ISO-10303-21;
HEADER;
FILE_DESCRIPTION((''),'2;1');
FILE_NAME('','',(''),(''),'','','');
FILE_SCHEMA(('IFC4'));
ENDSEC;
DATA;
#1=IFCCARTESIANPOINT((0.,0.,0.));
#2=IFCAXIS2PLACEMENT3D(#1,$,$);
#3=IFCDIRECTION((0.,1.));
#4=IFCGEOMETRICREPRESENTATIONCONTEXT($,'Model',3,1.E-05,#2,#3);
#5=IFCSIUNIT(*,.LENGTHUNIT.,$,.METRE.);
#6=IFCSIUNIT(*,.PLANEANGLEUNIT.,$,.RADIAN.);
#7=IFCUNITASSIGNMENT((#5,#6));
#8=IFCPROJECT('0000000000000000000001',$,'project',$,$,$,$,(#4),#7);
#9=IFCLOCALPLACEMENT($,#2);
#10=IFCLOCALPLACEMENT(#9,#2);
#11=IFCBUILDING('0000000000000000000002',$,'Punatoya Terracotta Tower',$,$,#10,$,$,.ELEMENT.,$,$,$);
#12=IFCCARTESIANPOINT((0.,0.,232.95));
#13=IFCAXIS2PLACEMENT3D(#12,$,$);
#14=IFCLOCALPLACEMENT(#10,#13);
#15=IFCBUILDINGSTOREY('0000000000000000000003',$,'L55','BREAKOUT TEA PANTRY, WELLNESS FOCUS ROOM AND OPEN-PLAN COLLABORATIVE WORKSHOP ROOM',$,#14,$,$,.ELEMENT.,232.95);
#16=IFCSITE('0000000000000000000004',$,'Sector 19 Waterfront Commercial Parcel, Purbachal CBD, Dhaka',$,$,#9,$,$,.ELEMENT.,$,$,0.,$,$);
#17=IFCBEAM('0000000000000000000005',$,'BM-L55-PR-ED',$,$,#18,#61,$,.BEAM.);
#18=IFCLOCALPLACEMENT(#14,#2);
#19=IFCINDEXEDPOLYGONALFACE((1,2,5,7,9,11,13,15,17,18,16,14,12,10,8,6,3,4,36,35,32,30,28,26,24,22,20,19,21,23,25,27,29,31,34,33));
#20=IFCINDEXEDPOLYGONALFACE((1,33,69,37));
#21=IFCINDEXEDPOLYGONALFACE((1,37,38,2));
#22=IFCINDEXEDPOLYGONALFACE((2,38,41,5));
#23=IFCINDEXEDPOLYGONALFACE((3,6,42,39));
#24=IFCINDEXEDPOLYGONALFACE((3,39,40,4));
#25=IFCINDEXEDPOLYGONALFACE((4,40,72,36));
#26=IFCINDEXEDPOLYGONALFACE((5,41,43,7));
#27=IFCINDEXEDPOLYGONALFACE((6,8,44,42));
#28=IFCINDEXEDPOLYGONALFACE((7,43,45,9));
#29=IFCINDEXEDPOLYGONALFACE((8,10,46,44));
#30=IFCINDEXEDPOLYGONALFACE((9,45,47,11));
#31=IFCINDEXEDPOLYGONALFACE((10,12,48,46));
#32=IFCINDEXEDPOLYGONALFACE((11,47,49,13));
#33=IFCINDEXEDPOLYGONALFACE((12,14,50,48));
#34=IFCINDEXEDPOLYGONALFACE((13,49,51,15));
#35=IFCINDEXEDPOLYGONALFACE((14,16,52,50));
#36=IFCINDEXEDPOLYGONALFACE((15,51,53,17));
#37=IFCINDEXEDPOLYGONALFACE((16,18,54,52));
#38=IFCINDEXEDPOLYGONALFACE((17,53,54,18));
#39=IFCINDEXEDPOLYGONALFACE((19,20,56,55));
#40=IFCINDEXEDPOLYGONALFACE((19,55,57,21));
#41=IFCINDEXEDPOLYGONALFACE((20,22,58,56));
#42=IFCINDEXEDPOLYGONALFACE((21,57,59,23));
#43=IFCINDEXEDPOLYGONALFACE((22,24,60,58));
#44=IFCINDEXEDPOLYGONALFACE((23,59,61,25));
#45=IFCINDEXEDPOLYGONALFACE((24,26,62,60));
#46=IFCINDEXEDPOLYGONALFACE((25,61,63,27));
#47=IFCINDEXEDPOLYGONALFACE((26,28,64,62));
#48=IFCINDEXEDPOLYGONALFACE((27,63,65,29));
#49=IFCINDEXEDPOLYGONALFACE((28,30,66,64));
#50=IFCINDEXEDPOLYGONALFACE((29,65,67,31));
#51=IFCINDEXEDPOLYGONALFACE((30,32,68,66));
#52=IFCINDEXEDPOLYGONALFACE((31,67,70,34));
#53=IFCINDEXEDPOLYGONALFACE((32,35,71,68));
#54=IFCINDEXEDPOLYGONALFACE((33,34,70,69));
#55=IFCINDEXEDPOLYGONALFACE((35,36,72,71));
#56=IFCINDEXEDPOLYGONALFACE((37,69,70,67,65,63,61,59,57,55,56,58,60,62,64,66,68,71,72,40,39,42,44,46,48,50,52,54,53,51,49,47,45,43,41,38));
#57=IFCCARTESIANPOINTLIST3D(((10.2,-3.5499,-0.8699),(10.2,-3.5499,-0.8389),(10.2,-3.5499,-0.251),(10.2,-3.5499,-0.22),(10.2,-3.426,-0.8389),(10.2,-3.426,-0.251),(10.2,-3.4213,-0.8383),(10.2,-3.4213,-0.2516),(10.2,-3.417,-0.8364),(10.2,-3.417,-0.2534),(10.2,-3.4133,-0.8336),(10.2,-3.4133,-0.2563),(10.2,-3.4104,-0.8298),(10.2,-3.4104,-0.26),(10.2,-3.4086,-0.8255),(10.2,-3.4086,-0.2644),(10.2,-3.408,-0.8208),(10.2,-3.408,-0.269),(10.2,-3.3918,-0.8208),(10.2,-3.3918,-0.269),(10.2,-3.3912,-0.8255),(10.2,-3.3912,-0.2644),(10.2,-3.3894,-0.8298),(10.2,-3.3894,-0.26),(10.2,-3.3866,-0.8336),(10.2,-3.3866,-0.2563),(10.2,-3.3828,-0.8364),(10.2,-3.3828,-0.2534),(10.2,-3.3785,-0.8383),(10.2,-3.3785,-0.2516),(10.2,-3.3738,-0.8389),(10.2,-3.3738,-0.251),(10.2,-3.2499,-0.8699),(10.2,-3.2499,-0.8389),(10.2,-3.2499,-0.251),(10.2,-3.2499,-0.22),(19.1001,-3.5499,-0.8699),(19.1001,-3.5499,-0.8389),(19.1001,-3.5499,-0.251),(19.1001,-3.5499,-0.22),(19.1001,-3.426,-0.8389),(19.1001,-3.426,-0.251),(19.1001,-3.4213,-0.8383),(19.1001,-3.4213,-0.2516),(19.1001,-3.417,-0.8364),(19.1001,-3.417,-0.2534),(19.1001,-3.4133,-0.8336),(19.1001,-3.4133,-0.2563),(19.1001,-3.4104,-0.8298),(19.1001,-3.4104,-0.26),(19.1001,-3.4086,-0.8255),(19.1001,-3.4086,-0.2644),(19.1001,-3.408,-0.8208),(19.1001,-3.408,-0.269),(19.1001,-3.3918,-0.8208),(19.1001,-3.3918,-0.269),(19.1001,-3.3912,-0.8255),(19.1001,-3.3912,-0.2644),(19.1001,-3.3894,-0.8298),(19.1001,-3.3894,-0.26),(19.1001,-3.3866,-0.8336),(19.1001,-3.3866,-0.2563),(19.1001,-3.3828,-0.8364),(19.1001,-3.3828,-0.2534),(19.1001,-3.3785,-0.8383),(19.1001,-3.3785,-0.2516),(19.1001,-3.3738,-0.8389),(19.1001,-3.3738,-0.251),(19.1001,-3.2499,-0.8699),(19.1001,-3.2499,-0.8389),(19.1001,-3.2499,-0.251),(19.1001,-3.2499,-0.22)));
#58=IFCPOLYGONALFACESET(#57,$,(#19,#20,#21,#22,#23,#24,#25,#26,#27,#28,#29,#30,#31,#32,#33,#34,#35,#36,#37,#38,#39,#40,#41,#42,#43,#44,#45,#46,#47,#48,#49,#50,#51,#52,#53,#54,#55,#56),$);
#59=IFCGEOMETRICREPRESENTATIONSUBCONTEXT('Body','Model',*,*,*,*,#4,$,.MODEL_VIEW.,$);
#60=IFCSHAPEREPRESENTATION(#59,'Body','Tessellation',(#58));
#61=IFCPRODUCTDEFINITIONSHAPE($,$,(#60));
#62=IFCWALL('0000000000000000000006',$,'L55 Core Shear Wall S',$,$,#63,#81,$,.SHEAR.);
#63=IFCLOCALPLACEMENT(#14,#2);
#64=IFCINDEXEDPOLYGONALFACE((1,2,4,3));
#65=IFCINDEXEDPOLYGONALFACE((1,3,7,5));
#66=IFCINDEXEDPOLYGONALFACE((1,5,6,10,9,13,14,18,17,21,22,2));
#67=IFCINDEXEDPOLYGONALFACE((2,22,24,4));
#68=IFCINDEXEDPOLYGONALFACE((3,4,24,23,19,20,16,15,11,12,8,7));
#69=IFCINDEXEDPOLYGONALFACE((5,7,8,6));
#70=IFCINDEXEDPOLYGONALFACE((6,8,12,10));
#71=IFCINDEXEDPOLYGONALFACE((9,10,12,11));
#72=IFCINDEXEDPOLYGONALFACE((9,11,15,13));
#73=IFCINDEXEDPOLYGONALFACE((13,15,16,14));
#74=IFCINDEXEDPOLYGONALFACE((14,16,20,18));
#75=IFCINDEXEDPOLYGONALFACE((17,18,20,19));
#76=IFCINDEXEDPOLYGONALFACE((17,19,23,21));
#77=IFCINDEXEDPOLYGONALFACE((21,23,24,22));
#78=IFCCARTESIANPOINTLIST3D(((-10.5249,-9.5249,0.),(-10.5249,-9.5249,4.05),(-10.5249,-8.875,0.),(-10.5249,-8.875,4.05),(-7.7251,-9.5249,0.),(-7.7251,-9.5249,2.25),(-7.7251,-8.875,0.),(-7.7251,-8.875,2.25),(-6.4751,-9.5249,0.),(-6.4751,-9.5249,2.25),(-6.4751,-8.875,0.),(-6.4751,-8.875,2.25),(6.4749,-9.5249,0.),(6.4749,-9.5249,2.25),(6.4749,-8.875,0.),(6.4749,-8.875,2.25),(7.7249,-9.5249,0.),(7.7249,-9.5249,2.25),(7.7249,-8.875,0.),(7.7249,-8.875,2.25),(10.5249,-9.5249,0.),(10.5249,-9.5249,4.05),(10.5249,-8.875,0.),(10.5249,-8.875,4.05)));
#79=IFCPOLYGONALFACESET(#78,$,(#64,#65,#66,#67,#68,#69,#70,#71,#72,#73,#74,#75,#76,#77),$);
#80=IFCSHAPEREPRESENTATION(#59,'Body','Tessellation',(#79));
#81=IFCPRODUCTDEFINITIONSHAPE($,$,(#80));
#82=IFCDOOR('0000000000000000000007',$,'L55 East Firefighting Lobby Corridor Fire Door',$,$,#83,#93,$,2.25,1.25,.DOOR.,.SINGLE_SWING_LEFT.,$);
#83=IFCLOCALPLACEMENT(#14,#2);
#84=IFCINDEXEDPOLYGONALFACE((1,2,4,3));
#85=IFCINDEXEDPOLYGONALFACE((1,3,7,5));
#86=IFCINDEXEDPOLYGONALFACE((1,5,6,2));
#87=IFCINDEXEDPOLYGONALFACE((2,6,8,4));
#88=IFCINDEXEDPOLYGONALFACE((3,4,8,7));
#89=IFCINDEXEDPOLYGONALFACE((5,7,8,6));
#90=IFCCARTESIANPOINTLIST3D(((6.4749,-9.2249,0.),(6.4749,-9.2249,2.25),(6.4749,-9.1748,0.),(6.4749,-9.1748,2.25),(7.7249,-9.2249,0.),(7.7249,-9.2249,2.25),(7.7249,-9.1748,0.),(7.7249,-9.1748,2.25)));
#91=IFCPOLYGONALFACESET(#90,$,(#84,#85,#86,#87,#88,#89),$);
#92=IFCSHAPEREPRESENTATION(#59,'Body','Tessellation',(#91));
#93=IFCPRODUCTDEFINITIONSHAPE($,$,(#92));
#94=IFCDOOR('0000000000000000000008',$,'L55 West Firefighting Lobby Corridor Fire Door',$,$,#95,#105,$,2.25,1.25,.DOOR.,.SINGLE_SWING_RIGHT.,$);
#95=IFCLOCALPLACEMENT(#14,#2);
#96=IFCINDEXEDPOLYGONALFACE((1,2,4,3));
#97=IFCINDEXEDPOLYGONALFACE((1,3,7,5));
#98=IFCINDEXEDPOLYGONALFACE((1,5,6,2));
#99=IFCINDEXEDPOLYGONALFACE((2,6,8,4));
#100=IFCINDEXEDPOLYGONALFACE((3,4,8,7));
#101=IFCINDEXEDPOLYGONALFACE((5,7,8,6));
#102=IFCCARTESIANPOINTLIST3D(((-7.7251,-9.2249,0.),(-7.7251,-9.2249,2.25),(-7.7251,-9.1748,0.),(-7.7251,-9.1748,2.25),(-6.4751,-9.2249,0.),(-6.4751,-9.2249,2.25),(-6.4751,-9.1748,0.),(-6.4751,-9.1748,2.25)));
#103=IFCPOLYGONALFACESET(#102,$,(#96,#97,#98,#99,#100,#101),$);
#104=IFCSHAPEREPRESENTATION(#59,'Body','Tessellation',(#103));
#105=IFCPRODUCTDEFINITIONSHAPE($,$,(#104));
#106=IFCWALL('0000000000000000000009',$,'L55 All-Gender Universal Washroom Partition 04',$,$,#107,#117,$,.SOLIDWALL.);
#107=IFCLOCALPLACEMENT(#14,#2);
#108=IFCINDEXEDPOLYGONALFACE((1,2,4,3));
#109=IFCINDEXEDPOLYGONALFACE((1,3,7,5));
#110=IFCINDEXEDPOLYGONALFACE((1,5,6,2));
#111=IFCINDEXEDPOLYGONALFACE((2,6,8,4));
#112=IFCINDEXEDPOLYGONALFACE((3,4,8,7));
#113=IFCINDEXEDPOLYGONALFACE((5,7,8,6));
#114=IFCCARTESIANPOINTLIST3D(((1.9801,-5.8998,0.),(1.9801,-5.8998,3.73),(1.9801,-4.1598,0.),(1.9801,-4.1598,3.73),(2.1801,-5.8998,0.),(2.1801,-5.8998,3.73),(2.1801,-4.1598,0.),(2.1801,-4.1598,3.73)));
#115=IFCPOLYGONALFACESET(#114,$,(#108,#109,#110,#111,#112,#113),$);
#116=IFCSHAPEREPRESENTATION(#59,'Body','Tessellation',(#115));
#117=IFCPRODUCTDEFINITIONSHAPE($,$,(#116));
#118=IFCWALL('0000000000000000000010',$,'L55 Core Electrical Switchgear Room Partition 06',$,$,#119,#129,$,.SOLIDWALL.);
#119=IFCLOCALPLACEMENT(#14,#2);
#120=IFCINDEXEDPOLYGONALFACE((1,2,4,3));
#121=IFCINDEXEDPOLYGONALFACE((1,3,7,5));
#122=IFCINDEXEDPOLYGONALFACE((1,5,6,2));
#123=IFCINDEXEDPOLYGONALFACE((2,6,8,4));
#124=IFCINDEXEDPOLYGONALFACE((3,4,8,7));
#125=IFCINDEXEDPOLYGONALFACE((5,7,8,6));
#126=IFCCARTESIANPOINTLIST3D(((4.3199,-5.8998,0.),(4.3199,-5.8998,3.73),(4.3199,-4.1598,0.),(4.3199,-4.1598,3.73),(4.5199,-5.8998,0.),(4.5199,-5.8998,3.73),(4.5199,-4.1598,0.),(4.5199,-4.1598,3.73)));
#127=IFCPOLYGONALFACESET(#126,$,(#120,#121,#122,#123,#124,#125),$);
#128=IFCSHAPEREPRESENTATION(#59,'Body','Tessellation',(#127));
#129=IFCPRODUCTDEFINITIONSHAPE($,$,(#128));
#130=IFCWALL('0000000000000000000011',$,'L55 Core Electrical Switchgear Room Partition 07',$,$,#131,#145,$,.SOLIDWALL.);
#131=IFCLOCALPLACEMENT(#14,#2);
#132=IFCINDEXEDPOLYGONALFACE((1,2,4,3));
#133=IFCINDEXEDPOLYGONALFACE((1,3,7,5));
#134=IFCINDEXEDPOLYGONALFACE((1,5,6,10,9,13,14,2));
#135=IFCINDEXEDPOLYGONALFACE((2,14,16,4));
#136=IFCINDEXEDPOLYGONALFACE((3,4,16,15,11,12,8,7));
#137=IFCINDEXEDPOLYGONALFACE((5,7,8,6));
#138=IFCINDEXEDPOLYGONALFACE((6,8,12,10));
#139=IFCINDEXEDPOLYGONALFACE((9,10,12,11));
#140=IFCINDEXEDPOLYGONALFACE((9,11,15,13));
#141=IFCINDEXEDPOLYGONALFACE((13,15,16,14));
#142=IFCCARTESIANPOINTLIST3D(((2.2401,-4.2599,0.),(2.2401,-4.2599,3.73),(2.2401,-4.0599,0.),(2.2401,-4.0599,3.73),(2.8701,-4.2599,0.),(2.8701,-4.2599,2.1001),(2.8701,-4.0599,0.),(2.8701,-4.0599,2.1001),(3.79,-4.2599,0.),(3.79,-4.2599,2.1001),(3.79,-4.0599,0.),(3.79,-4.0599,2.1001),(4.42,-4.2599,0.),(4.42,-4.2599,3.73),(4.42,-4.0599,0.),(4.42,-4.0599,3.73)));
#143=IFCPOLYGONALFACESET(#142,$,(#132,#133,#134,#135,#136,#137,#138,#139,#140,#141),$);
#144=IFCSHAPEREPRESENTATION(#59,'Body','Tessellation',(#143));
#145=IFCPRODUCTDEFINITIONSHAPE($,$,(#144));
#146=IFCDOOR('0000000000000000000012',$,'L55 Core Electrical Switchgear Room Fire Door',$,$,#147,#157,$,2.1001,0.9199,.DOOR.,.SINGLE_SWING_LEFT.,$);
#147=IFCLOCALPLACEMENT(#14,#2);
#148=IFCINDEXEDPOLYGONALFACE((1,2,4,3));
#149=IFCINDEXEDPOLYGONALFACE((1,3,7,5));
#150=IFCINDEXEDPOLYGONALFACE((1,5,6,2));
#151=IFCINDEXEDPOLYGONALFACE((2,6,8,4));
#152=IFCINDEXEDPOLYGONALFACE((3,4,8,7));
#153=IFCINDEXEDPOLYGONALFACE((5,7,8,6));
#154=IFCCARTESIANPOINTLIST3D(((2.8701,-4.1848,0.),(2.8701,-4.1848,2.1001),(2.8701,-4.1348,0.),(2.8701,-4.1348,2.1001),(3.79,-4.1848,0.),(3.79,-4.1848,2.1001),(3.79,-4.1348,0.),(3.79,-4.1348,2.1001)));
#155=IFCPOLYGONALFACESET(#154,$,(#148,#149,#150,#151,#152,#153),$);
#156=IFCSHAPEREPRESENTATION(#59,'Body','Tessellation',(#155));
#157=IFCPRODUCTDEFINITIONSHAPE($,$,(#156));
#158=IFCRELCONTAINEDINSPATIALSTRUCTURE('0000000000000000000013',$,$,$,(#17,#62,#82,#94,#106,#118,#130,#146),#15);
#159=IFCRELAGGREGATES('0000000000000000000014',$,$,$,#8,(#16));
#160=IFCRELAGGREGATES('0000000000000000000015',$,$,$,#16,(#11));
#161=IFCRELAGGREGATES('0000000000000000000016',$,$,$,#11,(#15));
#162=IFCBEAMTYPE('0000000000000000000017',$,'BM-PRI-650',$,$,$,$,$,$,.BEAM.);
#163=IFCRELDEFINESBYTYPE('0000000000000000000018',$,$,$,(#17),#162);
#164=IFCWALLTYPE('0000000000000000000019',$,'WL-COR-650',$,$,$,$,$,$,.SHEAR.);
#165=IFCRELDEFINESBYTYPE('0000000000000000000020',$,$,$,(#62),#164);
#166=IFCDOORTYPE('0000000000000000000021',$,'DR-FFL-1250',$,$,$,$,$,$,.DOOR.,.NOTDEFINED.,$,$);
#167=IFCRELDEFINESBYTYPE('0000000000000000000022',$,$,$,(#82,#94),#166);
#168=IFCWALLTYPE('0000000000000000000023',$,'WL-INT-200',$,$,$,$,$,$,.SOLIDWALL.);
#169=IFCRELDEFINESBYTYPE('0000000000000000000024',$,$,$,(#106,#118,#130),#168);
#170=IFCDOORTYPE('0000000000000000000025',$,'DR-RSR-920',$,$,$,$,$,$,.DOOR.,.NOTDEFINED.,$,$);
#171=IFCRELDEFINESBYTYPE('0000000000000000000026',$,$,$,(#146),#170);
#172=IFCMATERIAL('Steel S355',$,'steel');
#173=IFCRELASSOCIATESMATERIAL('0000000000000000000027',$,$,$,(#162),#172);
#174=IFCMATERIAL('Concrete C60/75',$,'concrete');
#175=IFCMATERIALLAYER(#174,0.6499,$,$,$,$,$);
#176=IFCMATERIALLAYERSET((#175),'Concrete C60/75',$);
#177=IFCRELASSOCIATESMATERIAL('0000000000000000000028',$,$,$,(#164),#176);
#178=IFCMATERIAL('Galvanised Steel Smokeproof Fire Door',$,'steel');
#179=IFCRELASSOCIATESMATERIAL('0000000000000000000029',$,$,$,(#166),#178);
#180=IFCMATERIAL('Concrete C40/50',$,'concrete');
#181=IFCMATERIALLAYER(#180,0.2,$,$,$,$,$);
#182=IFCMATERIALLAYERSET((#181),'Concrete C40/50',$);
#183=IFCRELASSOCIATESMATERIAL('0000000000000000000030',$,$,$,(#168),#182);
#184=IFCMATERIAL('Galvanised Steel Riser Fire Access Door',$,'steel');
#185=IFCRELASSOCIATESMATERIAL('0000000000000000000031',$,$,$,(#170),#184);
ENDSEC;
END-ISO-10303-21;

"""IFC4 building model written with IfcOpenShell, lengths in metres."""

from ifc_helpers import new_model, si_unit, direction, frame, frame_2d, origin, origin_2d, place, context, subcontext, project, spatial, rectangle, i_section, extrude, material, layer, layer_set, material_profile, profile_set, type_object, element, fill, save


model = new_model("IFC4")

# Units and contexts
model_context = context("Model", 3, precision=1e-05, world=origin(), true_north=direction((0.0, 1.0)))
body_context = subcontext(model_context, "Body", "Model", "MODEL_VIEW")
ifc_project = project(units=[si_unit("LENGTHUNIT", "METRE"), si_unit("PLANEANGLEUNIT", "RADIAN")], contexts=[model_context])

# Site, building, storey
site_placement = place(None, origin())
site = spatial("IfcSite", under=ifc_project, at=site_placement, Name="Sector 19 Waterfront Commercial Parcel, Purbachal CBD, Dhaka", CompositionType="ELEMENT", RefElevation=0.0)
building_placement = place(site_placement, origin())
building = spatial("IfcBuilding", under=site, at=building_placement, Name="Punatoya Terracotta Tower", CompositionType="ELEMENT")
storey_placement = place(building_placement, frame((0.0, 0.0, 232.95)))
storey = spatial("IfcBuildingStorey", under=building, at=storey_placement, Name="L55", Description="BREAKOUT TEA PANTRY, WELLNESS FOCUS ROOM AND OPEN-PLAN COLLABORATIVE WORKSHOP ROOM", CompositionType="ELEMENT", Elevation=232.95)

# Beam
ifc_material_1 = material(Name="Steel S355", Category="steel")
ifc_material_profile = material_profile(ifc_material_1, i_section(OverallWidth=0.3, OverallDepth=0.6499, WebThickness=0.0161, FlangeThickness=0.031, FilletRadius=0.0181, at=origin_2d()))
ifc_profile_set = profile_set([ifc_material_profile], Name="Steel S355")
beam_type = type_object("IfcBeamType", Name="BM-PRI-650", PredefinedType="BEAM", material=ifc_profile_set)
beam_placement = place(storey_placement, frame((10.2, -3.3999, -0.5449), z_axis=(1.0, 0.0, 0.0), x_axis=(0.0, 1.0, 0.0)))
element("IfcBeam", 1, at=beam_placement, inside=storey, type_object=beam_type, Name="BM-L55-PR-ED", PredefinedType="BEAM", context=body_context, shape_type="SweptSolid", body=[
    extrude(i_section(OverallWidth=0.3, OverallDepth=0.6499, WebThickness=0.0161, FlangeThickness=0.031, FilletRadius=0.0181, at=origin_2d()), origin(), (0.0, 0.0, 1.0), 8.9001),
])

# Wall, openings, doors
ifc_material_2 = material(Name="Concrete C60/75", Category="concrete")
ifc_layer_1 = layer(ifc_material_2, 0.6499)
ifc_layer_set_1 = layer_set([ifc_layer_1], Name="Concrete C60/75")
wall_type_1 = type_object("IfcWallType", Name="WL-COR-650", PredefinedType="SHEAR", material=ifc_layer_set_1)
wall_1_placement = place(storey_placement, frame((10.5249, -9.2, 0.0), z_axis=(0.0, 0.0, 1.0), x_axis=(-1.0, 0.0, 0.0)))
wall_1 = element("IfcWall", 2, at=wall_1_placement, inside=storey, type_object=wall_type_1, Name="L55 Core Shear Wall S", PredefinedType="SHEAR", context=body_context, shape_type="SweptSolid", body=[
    extrude(rectangle(XDim=21.0498, YDim=0.6499, at=frame_2d((10.5249, 0.0))), origin(), (0.0, 0.0, 1.0), 4.05),
])
opening_1_placement = place(wall_1_placement, frame((2.8, 0.0, 0.0)))
opening_1 = element("IfcOpeningElement", 3, at=opening_1_placement, cuts=wall_1, PredefinedType="OPENING", context=body_context, shape_type="SweptSolid", body=[
    extrude(rectangle(XDim=1.25, YDim=2.25, at=frame_2d((0.625, 1.125))), frame((0.0, 0.335, 0.0), z_axis=(0.0, -1.0, 0.0), x_axis=(1.0, 0.0, 0.0)), (0.0, 0.0, 1.0), 0.6699),
])
opening_2_placement = place(wall_1_placement, frame((17.0, 0.0, 0.0)))
opening_2 = element("IfcOpeningElement", 4, at=opening_2_placement, cuts=wall_1, PredefinedType="OPENING", context=body_context, shape_type="SweptSolid", body=[
    extrude(rectangle(XDim=1.25, YDim=2.25, at=frame_2d((0.625, 1.125))), frame((0.0, 0.335, 0.0), z_axis=(0.0, -1.0, 0.0), x_axis=(1.0, 0.0, 0.0)), (0.0, 0.0, 1.0), 0.6699),
])
ifc_material_3 = material(Name="Galvanised Steel Smokeproof Fire Door", Category="steel")
door_type_1 = type_object("IfcDoorType", Name="DR-FFL-1250", OperationType="NOTDEFINED", PredefinedType="DOOR", material=ifc_material_3)
door_1_placement = place(opening_1_placement, origin())
door_1 = element("IfcDoor", 5, at=door_1_placement, inside=storey, type_object=door_type_1, Name="L55 East Firefighting Lobby Corridor Fire Door", OperationType="SINGLE_SWING_LEFT", OverallHeight=2.25, OverallWidth=1.25, PredefinedType="DOOR", context=body_context, shape_type="SweptSolid", body=[
    extrude(rectangle(XDim=1.25, YDim=2.25, at=frame_2d((0.625, 1.125))), frame((0.0, 0.0249, 0.0), z_axis=(0.0, -1.0, 0.0), x_axis=(1.0, 0.0, 0.0)), (0.0, 0.0, 1.0), 0.05),
])
fill(opening_1, door_1)
door_2_placement = place(opening_2_placement, origin())
door_2 = element("IfcDoor", 6, at=door_2_placement, inside=storey, type_object=door_type_1, Name="L55 West Firefighting Lobby Corridor Fire Door", OperationType="SINGLE_SWING_RIGHT", OverallHeight=2.25, OverallWidth=1.25, PredefinedType="DOOR", context=body_context, shape_type="SweptSolid", body=[
    extrude(rectangle(XDim=1.25, YDim=2.25, at=frame_2d((0.625, 1.125))), frame((0.0, 0.0249, 0.0), z_axis=(0.0, -1.0, 0.0), x_axis=(1.0, 0.0, 0.0)), (0.0, 0.0, 1.0), 0.05),
])
fill(opening_2, door_2)

# Wall
ifc_material_4 = material(Name="Concrete C40/50", Category="concrete")
ifc_layer_2 = layer(ifc_material_4, 0.2)
ifc_layer_set_2 = layer_set([ifc_layer_2], Name="Concrete C40/50")
wall_type_2 = type_object("IfcWallType", Name="WL-INT-200", PredefinedType="SOLIDWALL", material=ifc_layer_set_2)
wall_2_placement = place(storey_placement, frame((2.0801, -5.8999, 0.0), z_axis=(0.0, 0.0, 1.0), x_axis=(0.0, 1.0, 0.0)))
element("IfcWall", 7, at=wall_2_placement, inside=storey, type_object=wall_type_2, Name="L55 All-Gender Universal Washroom Partition 04", PredefinedType="SOLIDWALL", context=body_context, shape_type="SweptSolid", body=[
    extrude(rectangle(XDim=1.74, YDim=0.2, at=frame_2d((0.8701, 0.0))), origin(), (0.0, 0.0, 1.0), 3.73),
])

# Wall
wall_3_placement = place(storey_placement, frame((4.4199, -5.8999, 0.0), z_axis=(0.0, 0.0, 1.0), x_axis=(0.0, 1.0, 0.0)))
element("IfcWall", 8, at=wall_3_placement, inside=storey, type_object=wall_type_2, Name="L55 Core Electrical Switchgear Room Partition 06", PredefinedType="SOLIDWALL", context=body_context, shape_type="SweptSolid", body=[
    extrude(rectangle(XDim=1.74, YDim=0.2, at=frame_2d((0.8701, 0.0))), origin(), (0.0, 0.0, 1.0), 3.73),
])

# Wall, opening, door
wall_4_placement = place(storey_placement, frame((4.4199, -4.1599, 0.0), z_axis=(0.0, 0.0, 1.0), x_axis=(-1.0, 0.0, 0.0)))
wall_4 = element("IfcWall", 9, at=wall_4_placement, inside=storey, type_object=wall_type_2, Name="L55 Core Electrical Switchgear Room Partition 07", PredefinedType="SOLIDWALL", context=body_context, shape_type="SweptSolid", body=[
    extrude(rectangle(XDim=2.1799, YDim=0.2, at=frame_2d((1.0898, 0.0))), origin(), (0.0, 0.0, 1.0), 3.73),
])
opening_3_placement = place(wall_4_placement, frame((0.6299, 0.0, 0.0)))
opening_3 = element("IfcOpeningElement", 10, at=opening_3_placement, cuts=wall_4, PredefinedType="OPENING", context=body_context, shape_type="SweptSolid", body=[
    extrude(rectangle(XDim=0.9199, YDim=2.1001, at=frame_2d((0.46, 1.05))), frame((0.0, 0.1099, 0.0), z_axis=(0.0, -1.0, 0.0), x_axis=(1.0, 0.0, 0.0)), (0.0, 0.0, 1.0), 0.22),
])
ifc_material_5 = material(Name="Galvanised Steel Riser Fire Access Door", Category="steel")
door_type_2 = type_object("IfcDoorType", Name="DR-RSR-920", OperationType="NOTDEFINED", PredefinedType="DOOR", material=ifc_material_5)
door_3_placement = place(opening_3_placement, origin())
door_3 = element("IfcDoor", 11, at=door_3_placement, inside=storey, type_object=door_type_2, Name="L55 Core Electrical Switchgear Room Fire Door", OperationType="SINGLE_SWING_LEFT", OverallHeight=2.1001, OverallWidth=0.9199, PredefinedType="DOOR", context=body_context, shape_type="SweptSolid", body=[
    extrude(rectangle(XDim=0.9199, YDim=2.1001, at=frame_2d((0.46, 1.05))), frame((0.0, 0.0249, 0.0), z_axis=(0.0, -1.0, 0.0), x_axis=(1.0, 0.0, 0.0)), (0.0, 0.0, 1.0), 0.05),
])
fill(opening_3, door_3)

save(model, "model.ifc")
